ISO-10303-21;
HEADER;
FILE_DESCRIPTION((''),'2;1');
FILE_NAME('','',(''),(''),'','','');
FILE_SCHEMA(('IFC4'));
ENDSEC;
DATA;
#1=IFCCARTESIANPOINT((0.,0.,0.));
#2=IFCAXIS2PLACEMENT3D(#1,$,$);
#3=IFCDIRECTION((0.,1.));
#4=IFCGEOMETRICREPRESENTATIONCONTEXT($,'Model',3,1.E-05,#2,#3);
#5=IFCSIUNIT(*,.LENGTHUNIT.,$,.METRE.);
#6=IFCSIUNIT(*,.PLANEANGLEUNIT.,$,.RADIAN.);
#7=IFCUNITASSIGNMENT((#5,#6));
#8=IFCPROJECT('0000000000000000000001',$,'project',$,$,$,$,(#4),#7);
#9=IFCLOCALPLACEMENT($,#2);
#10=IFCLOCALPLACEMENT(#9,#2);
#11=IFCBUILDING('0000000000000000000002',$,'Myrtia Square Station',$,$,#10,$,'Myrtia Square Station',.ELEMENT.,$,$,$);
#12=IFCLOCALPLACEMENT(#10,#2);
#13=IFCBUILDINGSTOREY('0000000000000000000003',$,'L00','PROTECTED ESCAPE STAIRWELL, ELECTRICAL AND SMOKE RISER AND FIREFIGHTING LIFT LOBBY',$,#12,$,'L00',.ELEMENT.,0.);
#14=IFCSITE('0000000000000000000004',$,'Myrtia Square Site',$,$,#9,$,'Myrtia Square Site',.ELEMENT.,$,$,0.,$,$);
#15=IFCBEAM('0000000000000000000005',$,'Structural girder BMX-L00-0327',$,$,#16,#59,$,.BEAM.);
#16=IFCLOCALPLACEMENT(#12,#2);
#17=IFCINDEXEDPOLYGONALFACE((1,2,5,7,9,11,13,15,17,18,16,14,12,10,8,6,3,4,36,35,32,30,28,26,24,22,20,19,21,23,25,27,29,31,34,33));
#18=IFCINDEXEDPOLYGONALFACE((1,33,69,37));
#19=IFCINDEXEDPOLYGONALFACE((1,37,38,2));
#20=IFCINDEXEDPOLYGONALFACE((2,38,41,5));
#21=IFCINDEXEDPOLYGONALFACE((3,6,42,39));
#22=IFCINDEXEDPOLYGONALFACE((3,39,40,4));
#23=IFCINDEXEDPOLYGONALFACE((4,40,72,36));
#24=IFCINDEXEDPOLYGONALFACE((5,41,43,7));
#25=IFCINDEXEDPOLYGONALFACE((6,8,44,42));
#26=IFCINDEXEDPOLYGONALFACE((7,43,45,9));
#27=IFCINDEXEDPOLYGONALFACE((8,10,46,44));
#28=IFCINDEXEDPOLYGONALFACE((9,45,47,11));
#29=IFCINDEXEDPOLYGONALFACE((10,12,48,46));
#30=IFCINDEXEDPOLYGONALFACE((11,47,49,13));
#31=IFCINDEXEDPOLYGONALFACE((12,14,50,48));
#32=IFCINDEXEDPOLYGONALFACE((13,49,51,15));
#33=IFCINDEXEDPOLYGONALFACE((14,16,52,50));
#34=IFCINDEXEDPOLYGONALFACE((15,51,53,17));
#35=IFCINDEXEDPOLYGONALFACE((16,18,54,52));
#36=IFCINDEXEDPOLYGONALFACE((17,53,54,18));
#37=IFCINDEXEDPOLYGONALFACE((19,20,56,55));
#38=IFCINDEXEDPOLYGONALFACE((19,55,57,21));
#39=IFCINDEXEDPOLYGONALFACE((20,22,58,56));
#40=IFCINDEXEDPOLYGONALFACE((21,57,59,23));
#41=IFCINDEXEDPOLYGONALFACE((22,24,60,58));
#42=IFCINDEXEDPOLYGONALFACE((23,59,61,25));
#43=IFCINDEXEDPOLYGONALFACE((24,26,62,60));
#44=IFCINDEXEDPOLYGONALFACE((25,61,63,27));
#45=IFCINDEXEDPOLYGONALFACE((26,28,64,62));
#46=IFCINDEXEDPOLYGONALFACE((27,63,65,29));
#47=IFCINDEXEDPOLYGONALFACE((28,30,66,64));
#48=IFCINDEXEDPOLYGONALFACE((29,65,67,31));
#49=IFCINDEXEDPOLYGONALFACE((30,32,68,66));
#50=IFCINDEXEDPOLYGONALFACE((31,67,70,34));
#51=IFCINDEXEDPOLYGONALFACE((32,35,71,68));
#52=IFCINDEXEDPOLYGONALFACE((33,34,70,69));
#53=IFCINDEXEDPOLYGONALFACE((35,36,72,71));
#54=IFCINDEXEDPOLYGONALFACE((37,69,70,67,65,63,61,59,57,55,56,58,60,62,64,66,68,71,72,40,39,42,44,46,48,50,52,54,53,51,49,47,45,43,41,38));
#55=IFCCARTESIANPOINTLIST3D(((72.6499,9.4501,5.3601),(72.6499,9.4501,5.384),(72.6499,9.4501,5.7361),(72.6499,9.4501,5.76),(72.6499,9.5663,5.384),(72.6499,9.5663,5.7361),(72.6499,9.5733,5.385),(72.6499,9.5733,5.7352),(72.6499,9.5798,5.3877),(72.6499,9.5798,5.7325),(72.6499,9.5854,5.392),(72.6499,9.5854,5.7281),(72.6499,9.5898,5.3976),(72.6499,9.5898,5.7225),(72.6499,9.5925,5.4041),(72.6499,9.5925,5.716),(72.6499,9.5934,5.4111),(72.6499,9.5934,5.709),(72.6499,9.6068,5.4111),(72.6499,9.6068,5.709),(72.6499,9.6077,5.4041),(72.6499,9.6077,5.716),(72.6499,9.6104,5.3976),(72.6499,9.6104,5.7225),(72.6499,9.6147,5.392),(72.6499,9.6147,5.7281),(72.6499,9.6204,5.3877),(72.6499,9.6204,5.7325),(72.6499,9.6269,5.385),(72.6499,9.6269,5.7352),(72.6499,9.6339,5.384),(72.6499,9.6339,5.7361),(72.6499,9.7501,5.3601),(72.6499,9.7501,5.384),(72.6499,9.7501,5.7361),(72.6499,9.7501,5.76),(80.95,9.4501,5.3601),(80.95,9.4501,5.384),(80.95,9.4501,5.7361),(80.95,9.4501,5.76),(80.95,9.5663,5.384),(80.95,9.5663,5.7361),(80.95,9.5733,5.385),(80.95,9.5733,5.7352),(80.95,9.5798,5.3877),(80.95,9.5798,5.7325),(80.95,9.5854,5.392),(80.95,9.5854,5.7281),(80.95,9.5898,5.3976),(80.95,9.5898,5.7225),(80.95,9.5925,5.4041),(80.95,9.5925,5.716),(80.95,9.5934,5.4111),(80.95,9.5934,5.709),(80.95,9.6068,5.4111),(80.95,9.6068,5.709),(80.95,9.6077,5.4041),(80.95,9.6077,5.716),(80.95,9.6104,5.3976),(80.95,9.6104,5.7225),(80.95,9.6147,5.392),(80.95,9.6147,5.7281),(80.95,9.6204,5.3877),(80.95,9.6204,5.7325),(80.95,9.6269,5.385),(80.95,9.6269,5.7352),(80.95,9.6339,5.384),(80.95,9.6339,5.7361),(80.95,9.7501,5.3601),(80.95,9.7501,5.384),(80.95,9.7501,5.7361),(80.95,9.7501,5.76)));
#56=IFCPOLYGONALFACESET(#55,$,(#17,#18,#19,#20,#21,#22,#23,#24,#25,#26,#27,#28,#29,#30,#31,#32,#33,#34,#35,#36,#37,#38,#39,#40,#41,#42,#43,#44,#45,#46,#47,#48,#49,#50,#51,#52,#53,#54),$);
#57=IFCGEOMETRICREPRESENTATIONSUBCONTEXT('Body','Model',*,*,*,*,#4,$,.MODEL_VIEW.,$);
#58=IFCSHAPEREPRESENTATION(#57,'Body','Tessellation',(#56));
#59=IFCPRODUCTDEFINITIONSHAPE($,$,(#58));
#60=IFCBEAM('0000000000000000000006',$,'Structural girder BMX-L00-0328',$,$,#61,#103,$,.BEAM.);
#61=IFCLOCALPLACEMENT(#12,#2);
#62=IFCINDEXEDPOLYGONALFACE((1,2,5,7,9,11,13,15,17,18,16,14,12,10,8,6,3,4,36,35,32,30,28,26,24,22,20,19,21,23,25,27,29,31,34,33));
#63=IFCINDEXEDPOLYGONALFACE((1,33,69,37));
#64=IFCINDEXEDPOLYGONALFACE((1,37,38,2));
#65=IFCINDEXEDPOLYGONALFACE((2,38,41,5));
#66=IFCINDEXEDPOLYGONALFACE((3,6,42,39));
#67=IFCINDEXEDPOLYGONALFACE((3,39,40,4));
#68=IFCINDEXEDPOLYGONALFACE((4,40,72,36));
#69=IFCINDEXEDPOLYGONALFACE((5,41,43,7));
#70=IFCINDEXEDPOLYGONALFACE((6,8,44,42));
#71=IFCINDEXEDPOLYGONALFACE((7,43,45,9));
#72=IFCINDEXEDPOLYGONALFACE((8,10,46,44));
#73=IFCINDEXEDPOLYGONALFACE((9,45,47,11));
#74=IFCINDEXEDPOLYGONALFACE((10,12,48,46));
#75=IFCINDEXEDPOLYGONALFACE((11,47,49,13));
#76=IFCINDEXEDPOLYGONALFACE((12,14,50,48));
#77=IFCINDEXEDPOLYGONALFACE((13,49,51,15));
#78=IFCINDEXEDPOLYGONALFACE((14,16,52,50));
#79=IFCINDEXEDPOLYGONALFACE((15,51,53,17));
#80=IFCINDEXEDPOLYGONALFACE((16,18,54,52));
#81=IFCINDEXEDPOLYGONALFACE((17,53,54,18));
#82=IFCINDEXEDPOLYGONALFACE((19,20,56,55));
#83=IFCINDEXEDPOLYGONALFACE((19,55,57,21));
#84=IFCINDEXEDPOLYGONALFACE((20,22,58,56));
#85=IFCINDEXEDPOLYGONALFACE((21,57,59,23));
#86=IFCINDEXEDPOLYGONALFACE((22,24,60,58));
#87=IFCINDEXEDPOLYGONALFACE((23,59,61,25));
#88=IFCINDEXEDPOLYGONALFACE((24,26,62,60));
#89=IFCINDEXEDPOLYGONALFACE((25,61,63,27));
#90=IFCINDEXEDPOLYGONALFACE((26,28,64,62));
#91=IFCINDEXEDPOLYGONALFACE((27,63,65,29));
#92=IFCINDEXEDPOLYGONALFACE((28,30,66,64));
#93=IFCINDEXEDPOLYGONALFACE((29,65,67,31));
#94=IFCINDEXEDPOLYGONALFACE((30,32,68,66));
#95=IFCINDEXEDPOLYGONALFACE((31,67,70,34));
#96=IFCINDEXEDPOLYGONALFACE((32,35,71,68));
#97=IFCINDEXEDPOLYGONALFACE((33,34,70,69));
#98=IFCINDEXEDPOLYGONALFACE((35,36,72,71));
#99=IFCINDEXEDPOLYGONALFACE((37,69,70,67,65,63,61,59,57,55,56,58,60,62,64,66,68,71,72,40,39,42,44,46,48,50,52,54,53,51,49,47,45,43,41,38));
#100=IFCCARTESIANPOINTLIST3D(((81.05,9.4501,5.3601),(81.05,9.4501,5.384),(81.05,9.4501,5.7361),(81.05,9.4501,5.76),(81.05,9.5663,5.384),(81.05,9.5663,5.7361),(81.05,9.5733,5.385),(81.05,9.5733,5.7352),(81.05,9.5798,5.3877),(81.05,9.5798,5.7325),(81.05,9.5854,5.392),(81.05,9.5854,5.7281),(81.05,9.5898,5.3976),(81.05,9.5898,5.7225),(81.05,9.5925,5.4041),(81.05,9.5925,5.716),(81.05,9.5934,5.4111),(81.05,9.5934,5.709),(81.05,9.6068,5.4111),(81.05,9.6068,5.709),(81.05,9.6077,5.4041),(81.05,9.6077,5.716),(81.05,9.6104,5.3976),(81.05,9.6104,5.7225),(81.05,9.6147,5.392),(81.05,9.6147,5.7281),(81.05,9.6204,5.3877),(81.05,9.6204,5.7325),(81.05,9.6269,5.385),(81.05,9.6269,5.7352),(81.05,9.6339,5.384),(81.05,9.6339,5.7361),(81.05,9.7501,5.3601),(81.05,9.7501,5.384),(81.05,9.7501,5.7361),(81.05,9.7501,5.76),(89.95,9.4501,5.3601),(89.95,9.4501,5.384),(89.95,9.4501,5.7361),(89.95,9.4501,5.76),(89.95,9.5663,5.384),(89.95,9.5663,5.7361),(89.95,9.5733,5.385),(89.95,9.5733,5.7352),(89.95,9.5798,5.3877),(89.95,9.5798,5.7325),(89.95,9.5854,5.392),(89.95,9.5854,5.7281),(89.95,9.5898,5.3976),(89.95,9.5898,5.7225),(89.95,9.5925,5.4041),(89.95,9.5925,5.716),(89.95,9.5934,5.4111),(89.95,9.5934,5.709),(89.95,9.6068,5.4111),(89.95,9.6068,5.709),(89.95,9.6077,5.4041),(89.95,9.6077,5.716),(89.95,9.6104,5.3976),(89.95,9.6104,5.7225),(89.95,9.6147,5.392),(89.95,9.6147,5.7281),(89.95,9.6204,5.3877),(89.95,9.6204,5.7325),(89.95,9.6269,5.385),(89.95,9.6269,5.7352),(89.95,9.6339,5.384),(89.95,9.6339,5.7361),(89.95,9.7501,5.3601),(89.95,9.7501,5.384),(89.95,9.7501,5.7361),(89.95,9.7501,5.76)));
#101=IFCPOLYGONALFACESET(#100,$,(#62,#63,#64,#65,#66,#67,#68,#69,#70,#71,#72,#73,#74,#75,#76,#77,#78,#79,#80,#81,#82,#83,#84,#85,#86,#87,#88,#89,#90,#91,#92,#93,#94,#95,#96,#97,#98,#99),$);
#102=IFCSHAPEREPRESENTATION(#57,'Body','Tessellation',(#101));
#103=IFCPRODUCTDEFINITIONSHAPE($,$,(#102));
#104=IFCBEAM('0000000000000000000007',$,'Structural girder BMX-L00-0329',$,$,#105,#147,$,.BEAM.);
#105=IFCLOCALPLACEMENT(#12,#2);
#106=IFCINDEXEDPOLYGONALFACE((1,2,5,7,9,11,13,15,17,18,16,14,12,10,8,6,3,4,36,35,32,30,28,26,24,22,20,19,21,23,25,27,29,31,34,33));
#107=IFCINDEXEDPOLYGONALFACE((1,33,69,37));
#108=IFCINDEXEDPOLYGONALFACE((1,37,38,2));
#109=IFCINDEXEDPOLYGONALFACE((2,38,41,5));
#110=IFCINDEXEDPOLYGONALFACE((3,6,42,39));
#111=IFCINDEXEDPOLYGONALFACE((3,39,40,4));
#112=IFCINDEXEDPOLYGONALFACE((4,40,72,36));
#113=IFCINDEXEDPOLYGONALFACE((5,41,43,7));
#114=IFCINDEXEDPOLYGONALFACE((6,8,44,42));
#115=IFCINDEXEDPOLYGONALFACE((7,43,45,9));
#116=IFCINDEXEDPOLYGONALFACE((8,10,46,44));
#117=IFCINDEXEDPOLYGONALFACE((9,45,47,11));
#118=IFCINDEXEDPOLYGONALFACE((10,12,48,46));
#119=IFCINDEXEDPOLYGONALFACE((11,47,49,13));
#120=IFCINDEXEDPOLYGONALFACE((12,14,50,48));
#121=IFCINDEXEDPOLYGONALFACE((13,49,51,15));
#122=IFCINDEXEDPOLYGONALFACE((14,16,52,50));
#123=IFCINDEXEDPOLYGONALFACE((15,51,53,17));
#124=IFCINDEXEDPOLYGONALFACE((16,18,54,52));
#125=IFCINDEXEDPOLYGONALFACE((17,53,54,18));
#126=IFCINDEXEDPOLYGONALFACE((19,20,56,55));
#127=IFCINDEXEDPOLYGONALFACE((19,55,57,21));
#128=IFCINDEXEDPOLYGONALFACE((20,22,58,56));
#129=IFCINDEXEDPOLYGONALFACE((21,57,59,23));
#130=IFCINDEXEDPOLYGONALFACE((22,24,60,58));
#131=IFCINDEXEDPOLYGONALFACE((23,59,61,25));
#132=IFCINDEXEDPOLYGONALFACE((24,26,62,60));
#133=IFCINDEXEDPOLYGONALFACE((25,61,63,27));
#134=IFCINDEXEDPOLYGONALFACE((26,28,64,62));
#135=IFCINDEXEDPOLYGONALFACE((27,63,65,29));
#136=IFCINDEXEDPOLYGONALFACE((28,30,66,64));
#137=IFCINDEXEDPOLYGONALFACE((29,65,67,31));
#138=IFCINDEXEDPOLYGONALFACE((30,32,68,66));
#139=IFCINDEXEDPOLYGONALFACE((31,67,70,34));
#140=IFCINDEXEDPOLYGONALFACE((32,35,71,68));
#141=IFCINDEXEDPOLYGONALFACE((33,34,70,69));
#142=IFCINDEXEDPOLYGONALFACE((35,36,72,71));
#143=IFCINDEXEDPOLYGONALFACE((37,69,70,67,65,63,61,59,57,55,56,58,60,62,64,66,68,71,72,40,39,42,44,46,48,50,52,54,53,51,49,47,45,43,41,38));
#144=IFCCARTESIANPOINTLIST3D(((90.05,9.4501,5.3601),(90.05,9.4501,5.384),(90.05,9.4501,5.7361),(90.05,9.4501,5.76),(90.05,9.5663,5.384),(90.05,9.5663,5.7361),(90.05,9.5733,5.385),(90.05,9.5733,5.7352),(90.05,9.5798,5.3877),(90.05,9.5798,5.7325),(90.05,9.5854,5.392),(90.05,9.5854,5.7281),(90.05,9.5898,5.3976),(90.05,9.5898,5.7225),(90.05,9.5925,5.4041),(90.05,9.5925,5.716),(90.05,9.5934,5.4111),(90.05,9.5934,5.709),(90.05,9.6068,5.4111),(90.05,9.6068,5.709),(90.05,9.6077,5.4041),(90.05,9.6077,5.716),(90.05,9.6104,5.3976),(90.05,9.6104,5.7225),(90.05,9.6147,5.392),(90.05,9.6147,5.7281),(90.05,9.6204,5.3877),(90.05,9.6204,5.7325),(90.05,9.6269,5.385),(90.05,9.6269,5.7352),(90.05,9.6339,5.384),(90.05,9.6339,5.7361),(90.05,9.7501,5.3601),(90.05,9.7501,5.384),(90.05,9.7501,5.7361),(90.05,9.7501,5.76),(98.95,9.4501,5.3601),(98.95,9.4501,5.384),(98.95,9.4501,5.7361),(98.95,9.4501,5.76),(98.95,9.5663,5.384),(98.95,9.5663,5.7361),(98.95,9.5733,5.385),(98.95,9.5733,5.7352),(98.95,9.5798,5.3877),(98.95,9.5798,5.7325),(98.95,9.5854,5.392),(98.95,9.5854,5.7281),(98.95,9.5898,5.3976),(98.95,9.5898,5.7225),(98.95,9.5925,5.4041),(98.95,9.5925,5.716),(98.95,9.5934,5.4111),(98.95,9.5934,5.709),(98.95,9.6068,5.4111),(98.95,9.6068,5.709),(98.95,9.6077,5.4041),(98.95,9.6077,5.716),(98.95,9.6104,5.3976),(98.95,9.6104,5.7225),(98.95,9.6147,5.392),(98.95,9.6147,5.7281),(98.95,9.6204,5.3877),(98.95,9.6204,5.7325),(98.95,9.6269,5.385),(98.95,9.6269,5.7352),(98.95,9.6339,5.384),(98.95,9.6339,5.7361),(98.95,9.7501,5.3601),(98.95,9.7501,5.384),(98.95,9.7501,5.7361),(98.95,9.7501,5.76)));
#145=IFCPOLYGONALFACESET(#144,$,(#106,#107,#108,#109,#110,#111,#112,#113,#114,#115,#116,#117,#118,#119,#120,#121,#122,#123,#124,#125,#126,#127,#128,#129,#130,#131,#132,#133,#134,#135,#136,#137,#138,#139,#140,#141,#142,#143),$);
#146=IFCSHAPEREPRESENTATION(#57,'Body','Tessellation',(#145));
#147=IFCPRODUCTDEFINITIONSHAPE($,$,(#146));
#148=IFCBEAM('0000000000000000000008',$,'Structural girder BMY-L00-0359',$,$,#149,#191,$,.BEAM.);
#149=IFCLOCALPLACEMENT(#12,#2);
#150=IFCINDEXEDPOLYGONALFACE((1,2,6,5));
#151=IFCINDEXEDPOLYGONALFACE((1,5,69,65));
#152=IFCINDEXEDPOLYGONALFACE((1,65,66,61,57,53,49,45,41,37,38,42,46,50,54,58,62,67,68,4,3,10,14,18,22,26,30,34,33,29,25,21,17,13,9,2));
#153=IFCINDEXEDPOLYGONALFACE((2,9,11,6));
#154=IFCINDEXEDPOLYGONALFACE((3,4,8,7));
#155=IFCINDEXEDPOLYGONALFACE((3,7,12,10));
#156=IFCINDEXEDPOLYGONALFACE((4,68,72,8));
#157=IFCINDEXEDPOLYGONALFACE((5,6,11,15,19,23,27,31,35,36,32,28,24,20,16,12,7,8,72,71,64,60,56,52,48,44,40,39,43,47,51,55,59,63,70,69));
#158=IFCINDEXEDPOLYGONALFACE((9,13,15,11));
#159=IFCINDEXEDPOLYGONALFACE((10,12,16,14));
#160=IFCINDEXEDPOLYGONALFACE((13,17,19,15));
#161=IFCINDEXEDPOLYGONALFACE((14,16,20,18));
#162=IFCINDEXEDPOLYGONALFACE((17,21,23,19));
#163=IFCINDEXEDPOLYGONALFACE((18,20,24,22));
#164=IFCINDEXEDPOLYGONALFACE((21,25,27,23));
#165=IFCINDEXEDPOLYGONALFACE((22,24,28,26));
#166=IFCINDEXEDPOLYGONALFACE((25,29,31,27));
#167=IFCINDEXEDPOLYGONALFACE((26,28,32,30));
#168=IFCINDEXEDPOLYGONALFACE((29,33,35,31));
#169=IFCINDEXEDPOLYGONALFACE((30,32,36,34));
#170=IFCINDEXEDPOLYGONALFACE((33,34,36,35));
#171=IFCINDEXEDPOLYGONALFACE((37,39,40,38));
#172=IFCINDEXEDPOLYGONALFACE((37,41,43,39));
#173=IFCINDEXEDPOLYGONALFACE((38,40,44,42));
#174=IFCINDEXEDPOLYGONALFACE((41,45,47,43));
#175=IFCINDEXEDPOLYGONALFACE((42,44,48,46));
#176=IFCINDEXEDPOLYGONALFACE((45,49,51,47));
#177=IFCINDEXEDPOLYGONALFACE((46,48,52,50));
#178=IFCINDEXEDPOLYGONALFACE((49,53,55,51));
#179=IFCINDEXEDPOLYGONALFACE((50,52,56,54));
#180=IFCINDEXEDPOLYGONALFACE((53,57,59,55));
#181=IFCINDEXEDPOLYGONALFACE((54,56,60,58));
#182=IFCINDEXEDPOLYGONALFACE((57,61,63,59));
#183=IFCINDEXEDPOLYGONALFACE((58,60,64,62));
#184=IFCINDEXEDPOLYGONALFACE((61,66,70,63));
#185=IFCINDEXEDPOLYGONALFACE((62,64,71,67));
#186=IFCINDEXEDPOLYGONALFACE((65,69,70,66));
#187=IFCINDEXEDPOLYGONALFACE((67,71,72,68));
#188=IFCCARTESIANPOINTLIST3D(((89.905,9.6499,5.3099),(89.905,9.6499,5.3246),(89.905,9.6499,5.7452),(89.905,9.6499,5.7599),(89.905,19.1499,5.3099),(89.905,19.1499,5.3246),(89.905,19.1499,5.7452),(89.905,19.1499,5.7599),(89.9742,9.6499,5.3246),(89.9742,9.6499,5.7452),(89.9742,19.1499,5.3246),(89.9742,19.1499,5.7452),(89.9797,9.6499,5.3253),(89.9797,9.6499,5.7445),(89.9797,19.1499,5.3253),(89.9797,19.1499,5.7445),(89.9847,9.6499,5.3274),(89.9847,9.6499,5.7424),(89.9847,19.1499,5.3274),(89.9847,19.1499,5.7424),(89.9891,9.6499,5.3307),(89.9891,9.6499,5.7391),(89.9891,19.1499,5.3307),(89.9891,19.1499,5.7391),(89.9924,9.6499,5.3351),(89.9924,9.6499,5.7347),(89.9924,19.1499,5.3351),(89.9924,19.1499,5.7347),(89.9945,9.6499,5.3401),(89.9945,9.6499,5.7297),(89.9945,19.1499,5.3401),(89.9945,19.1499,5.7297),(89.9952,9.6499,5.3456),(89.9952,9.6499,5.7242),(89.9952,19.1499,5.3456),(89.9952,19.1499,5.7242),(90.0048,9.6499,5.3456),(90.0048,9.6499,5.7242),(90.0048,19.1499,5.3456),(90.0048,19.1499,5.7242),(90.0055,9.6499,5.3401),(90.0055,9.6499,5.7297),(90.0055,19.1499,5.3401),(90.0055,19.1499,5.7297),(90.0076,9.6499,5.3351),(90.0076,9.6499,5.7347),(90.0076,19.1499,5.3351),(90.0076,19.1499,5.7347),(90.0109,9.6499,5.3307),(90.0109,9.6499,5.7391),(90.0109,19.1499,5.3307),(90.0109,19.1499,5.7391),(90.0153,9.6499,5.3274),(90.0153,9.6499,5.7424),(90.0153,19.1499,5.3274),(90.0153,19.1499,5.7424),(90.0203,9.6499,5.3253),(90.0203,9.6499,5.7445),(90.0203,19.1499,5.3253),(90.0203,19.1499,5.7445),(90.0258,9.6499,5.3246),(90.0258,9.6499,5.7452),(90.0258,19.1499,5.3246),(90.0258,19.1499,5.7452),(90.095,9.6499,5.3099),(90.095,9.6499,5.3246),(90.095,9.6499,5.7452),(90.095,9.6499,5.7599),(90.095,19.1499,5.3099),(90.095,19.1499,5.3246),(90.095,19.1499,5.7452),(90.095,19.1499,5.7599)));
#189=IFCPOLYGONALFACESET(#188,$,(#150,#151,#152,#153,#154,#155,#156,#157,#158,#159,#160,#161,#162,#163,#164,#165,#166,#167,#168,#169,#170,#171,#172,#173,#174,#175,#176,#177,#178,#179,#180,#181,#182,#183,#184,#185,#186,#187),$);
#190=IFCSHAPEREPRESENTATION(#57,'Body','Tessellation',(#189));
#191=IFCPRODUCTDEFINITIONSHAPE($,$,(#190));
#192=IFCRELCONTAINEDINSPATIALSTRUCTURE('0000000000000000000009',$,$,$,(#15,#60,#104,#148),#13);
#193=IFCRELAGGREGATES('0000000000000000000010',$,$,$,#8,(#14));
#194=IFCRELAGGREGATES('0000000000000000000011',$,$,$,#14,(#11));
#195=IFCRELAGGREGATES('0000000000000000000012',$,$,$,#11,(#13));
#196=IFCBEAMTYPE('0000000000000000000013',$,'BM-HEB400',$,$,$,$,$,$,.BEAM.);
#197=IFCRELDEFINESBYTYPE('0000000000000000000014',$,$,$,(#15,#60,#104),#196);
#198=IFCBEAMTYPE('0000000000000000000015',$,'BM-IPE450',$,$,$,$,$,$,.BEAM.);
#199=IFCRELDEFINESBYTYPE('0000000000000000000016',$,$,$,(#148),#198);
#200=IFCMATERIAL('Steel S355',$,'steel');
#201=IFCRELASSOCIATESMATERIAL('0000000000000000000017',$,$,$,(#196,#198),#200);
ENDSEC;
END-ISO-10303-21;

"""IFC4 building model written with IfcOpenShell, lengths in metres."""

from ifc_helpers import new_model, si_unit, direction, frame, origin, origin_2d, place, context, subcontext, project, spatial, i_section, extrude, material, material_profile, profile_set, type_object, element, save


model = new_model("IFC4")

# Units and contexts
model_context = context("Model", 3, precision=1e-05, world=origin(), true_north=direction((0.0, 1.0)))
body_context = subcontext(model_context, "Body", "Model", "MODEL_VIEW")
ifc_project = project(units=[si_unit("LENGTHUNIT", "METRE"), si_unit("PLANEANGLEUNIT", "RADIAN")], contexts=[model_context])

# Site, building, storey
site_placement = place(None, origin())
site = spatial("IfcSite", under=ifc_project, at=site_placement, Name="Myrtia Square Site", LongName="Myrtia Square Site", CompositionType="ELEMENT", RefElevation=0.0)
building_placement = place(site_placement, origin())
building = spatial("IfcBuilding", under=site, at=building_placement, Name="Myrtia Square Station", LongName="Myrtia Square Station", CompositionType="ELEMENT")
storey_placement = place(building_placement, origin())
storey = spatial("IfcBuildingStorey", under=building, at=storey_placement, Name="L00", Description="PROTECTED ESCAPE STAIRWELL, ELECTRICAL AND SMOKE RISER AND FIREFIGHTING LIFT LOBBY", LongName="L00", CompositionType="ELEMENT", Elevation=0.0)

# Shared definitions
ifc_material = material(Name="Steel S355", Category="steel")

# Beams
ifc_material_profile_1 = material_profile(ifc_material, i_section(OverallWidth=0.3, OverallDepth=0.3999, WebThickness=0.0134, FlangeThickness=0.0239, FilletRadius=0.0271, at=origin_2d()), Name="HEB 400")
ifc_profile_set_1 = profile_set([ifc_material_profile_1], Name="Steel S355")
beam_type_1 = type_object("IfcBeamType", Name="BM-HEB400", PredefinedType="BEAM", material=ifc_profile_set_1)
beam_1_placement = place(storey_placement, frame((72.6499, 9.6001, 5.5601), z_axis=(1.0, 0.0, 0.0), x_axis=(0.0, 1.0, 0.0)))
element("IfcBeam", 1, at=beam_1_placement, inside=storey, type_object=beam_type_1, Name="Structural girder BMX-L00-0327", PredefinedType="BEAM", context=body_context, shape_type="SweptSolid", body=[
    extrude(i_section(OverallWidth=0.3, OverallDepth=0.3999, WebThickness=0.0134, FlangeThickness=0.0239, FilletRadius=0.0271, at=origin_2d()), origin(), (0.0, 0.0, 1.0), 8.3),
])
for number, where, z_axis, x_axis, name in (
    (2, (81.05, 9.6001, 5.5601), (1.0, 0.0, 0.0), (0.0, 1.0, 0.0), "Structural girder BMX-L00-0328"),
    (3, (90.05, 9.6001, 5.5601), (1.0, 0.0, 0.0), (0.0, 1.0, 0.0), "Structural girder BMX-L00-0329"),
):
    element("IfcBeam", number, at=place(storey_placement, frame(where, z_axis=z_axis, x_axis=x_axis)), inside=storey, type_object=beam_type_1, Name=name, PredefinedType="BEAM", context=body_context, shape_type="SweptSolid", body=[
        extrude(i_section(OverallWidth=0.3, OverallDepth=0.3999, WebThickness=0.0134, FlangeThickness=0.0239, FilletRadius=0.0271, at=origin_2d()), origin(), (0.0, 0.0, 1.0), 8.8999),
    ])
ifc_material_profile_2 = material_profile(ifc_material, i_section(OverallWidth=0.1899, OverallDepth=0.45, WebThickness=0.0095, FlangeThickness=0.0146, FilletRadius=0.021, at=origin_2d()), Name="IPE 450")
ifc_profile_set_2 = profile_set([ifc_material_profile_2], Name="Steel S355")
beam_type_2 = type_object("IfcBeamType", Name="BM-IPE450", PredefinedType="BEAM", material=ifc_profile_set_2)
beam_2_placement = place(storey_placement, frame((90.0, 9.6499, 5.5349), z_axis=(0.0, 1.0, 0.0), x_axis=(-1.0, 0.0, 0.0)))
element("IfcBeam", 4, at=beam_2_placement, inside=storey, type_object=beam_type_2, Name="Structural girder BMY-L00-0359", PredefinedType="BEAM", context=body_context, shape_type="SweptSolid", body=[
    extrude(i_section(OverallWidth=0.1899, OverallDepth=0.45, WebThickness=0.0095, FlangeThickness=0.0146, FilletRadius=0.021, at=origin_2d()), origin(), (0.0, 0.0, 1.0), 9.5),
])

save(model, "model.ifc")
